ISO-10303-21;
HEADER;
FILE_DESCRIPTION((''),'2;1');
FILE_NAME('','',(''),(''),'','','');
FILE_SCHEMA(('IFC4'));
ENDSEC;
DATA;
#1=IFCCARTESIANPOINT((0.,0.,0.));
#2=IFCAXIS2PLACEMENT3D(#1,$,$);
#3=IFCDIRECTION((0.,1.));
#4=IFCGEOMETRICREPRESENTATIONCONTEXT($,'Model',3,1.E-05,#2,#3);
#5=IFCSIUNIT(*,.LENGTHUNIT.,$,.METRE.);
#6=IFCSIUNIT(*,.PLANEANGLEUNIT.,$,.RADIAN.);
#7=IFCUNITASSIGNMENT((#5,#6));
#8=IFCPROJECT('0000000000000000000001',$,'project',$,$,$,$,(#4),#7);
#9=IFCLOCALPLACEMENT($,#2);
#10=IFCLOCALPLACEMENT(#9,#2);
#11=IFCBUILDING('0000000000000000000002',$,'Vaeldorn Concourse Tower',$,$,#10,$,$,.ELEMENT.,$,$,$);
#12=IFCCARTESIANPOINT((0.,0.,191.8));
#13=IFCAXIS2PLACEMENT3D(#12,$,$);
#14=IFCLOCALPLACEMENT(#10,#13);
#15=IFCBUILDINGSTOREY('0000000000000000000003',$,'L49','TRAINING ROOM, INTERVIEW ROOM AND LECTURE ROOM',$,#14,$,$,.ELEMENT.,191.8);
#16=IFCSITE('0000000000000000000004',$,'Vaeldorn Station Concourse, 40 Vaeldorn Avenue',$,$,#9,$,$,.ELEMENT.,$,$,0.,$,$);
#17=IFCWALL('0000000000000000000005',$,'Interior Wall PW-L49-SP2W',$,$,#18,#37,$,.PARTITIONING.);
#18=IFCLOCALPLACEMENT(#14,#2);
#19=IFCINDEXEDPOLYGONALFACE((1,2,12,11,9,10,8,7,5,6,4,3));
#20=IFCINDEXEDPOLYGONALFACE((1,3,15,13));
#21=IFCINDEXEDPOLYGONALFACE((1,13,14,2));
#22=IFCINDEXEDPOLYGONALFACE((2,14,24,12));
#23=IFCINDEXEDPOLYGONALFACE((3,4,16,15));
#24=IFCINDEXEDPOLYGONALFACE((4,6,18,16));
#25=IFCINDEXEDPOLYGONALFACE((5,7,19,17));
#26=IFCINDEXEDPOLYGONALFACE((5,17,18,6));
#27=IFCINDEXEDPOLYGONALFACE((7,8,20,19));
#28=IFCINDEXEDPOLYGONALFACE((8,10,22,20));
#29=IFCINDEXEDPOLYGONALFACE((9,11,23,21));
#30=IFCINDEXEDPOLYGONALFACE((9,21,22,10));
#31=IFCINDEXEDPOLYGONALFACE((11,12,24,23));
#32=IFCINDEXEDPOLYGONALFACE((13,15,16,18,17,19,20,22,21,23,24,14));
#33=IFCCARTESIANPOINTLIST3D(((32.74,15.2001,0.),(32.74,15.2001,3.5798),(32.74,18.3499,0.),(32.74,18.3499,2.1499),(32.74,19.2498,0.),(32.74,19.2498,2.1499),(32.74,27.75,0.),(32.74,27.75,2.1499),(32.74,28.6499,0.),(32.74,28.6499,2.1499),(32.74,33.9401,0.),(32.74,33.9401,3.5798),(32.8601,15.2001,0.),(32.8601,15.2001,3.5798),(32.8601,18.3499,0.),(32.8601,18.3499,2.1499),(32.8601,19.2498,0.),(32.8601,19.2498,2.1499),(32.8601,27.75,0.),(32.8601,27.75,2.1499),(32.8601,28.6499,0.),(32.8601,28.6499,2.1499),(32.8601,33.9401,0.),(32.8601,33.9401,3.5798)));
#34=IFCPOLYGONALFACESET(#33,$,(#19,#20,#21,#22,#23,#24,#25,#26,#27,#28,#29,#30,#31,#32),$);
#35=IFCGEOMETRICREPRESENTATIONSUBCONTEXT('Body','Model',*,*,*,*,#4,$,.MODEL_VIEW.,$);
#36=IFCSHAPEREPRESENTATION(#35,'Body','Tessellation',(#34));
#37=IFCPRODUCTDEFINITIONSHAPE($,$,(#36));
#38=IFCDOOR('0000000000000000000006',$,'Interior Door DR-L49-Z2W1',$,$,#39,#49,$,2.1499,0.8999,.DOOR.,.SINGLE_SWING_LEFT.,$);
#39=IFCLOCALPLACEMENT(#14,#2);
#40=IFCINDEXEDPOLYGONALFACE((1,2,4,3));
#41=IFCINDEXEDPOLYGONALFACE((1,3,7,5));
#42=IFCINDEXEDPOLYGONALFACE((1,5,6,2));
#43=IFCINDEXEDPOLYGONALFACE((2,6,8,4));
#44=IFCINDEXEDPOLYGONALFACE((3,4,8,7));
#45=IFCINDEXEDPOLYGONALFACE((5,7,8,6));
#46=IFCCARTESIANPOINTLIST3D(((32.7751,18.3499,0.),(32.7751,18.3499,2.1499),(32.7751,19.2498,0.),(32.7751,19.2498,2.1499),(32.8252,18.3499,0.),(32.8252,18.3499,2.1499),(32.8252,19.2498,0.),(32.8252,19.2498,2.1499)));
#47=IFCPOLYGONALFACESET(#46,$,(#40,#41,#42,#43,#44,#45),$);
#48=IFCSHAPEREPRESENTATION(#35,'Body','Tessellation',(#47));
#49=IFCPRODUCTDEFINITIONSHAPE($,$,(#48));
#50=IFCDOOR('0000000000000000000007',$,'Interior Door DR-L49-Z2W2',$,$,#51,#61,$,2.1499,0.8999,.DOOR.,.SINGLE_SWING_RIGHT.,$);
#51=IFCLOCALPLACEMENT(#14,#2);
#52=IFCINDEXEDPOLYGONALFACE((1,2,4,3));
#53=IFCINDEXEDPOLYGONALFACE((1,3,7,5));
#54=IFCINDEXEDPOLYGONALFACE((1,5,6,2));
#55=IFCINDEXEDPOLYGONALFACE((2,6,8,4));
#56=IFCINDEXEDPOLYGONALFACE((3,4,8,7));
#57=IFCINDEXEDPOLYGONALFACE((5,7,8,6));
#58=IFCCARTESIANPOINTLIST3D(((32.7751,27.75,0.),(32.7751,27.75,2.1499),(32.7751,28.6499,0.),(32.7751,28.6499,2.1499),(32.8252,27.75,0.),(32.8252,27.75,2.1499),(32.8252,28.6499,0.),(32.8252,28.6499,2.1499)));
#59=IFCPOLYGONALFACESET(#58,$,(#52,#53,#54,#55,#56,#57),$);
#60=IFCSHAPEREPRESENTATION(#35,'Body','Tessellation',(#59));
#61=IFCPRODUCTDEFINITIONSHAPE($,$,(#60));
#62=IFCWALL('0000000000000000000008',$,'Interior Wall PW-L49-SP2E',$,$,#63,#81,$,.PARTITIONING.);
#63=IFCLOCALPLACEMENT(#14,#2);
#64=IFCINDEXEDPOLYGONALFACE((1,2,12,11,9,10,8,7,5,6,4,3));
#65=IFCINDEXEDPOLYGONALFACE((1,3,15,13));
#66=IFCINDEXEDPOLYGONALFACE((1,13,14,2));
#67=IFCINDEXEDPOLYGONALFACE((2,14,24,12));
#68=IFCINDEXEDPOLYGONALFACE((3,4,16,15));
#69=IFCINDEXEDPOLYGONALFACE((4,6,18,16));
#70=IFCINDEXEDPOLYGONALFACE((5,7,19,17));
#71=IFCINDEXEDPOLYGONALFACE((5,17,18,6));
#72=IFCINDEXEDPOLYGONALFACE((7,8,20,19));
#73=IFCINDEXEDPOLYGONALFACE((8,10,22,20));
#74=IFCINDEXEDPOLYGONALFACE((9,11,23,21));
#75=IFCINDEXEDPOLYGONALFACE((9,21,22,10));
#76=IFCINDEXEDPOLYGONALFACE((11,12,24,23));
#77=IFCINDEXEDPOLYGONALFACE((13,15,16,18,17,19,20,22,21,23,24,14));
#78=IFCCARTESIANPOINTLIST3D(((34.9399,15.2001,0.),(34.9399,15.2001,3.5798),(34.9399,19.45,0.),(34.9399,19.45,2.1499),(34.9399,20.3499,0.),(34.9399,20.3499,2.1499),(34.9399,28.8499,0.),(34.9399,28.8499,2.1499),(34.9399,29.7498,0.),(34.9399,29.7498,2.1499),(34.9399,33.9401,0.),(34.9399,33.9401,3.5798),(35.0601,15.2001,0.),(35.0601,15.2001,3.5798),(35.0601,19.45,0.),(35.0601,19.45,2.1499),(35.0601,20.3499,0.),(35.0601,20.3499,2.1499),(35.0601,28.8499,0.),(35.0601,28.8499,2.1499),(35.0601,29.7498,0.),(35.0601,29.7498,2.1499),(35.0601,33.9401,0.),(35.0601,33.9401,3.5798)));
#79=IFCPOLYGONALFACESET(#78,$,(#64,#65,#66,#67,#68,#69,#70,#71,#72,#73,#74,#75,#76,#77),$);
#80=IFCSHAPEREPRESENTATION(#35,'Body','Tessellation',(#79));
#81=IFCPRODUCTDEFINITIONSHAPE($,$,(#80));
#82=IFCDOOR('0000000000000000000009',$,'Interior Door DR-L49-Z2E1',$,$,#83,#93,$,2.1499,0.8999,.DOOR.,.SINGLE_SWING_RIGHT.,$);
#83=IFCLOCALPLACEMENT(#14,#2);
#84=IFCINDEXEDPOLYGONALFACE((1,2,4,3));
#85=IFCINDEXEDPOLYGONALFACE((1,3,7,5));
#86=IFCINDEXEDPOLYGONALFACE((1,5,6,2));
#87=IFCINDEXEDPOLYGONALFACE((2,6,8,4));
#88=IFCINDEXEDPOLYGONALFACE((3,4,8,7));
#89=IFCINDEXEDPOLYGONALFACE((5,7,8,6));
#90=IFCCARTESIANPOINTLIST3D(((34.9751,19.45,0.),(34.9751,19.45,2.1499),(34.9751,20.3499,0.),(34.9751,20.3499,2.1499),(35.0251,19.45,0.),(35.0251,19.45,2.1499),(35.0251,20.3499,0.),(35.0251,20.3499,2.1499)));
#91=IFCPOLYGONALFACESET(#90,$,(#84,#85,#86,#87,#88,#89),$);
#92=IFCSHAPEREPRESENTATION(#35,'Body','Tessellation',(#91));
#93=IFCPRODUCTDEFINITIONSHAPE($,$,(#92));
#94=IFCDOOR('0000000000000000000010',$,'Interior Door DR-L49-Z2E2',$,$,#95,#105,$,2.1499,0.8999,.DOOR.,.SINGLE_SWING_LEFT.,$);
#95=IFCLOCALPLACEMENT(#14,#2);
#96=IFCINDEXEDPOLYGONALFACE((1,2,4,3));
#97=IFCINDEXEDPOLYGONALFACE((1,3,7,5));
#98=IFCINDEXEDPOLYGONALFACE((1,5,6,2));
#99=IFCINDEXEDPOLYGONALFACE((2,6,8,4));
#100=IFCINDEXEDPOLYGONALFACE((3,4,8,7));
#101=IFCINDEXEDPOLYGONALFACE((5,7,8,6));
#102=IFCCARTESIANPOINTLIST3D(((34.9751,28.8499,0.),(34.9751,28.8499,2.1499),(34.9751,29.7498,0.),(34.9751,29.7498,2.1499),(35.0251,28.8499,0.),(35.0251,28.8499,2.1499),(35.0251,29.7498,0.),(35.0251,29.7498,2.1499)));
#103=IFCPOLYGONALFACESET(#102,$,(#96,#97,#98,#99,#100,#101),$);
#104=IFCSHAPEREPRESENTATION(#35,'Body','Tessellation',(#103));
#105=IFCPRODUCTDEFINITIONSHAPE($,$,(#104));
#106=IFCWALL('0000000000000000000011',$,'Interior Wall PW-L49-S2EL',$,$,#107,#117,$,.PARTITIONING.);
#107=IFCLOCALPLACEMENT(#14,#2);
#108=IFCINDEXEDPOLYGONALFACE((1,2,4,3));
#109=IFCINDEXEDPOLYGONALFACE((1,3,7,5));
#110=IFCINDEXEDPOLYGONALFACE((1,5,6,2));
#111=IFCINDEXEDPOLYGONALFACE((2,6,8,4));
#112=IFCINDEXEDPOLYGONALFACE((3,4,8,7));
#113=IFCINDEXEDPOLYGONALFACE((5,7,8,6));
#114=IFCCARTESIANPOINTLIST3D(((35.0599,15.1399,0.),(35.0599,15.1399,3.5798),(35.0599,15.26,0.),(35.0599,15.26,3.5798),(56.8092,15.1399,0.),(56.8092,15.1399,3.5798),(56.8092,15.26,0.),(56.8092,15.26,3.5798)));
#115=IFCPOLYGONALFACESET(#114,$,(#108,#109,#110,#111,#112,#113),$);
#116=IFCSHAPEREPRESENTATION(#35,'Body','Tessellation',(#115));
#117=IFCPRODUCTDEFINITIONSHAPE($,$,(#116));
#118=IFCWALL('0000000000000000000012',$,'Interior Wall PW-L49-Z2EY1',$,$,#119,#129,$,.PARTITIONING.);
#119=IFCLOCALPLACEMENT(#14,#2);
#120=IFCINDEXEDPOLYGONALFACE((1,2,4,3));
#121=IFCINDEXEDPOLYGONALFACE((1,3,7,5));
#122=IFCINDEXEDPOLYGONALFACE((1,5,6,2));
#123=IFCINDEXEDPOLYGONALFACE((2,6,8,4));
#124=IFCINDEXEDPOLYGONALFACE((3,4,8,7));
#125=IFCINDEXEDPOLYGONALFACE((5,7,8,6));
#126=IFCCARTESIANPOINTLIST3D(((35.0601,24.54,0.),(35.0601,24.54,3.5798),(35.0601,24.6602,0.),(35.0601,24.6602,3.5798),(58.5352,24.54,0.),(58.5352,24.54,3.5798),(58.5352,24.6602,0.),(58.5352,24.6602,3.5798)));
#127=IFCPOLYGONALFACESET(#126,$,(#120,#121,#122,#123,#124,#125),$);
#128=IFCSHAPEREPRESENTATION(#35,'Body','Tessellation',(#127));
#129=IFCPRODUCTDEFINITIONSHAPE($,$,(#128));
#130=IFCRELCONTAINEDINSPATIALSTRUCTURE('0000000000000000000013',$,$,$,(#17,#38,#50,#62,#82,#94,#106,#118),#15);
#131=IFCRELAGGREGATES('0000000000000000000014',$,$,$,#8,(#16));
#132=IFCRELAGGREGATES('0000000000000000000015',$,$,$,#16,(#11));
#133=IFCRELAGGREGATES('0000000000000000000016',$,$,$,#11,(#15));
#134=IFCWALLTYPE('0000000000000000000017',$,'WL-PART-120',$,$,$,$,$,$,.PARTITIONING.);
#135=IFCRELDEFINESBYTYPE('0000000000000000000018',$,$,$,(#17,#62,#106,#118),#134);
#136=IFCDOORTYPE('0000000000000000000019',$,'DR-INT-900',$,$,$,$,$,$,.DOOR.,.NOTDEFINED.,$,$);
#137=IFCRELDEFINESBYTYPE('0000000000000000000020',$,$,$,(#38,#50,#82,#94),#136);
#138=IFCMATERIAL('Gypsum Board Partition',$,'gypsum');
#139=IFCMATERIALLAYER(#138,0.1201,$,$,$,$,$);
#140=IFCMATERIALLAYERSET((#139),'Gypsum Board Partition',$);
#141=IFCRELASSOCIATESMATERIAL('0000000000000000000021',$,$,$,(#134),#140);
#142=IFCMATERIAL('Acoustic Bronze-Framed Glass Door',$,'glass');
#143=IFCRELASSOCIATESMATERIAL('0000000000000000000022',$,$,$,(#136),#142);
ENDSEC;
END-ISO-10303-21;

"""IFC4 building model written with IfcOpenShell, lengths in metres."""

from ifc_helpers import new_model, si_unit, direction, frame, frame_2d, origin, place, context, subcontext, project, spatial, rectangle, extrude, source, transform, mapped, material, layer, layer_set, type_object, element, fill, save


model = new_model("IFC4")

# Units and contexts
model_context = context("Model", 3, precision=1e-05, world=origin(), true_north=direction((0.0, 1.0)))
body_context = subcontext(model_context, "Body", "Model", "MODEL_VIEW")
ifc_project = project(units=[si_unit("LENGTHUNIT", "METRE"), si_unit("PLANEANGLEUNIT", "RADIAN")], contexts=[model_context])

# Site, building, storey
site_placement = place(None, origin())
site = spatial("IfcSite", under=ifc_project, at=site_placement, Name="Vaeldorn Station Concourse, 40 Vaeldorn Avenue", CompositionType="ELEMENT", RefElevation=0.0)
building_placement = place(site_placement, origin())
building = spatial("IfcBuilding", under=site, at=building_placement, Name="Vaeldorn Concourse Tower", CompositionType="ELEMENT")
storey_placement = place(building_placement, frame((0.0, 0.0, 191.8)))
storey = spatial("IfcBuildingStorey", under=building, at=storey_placement, Name="L49", Description="TRAINING ROOM, INTERVIEW ROOM AND LECTURE ROOM", CompositionType="ELEMENT", Elevation=191.8)

# Shared definitions
ifc_material_1 = material(Name="Gypsum Board Partition", Category="gypsum")
ifc_layer_1 = layer(ifc_material_1, 0.1201)
ifc_layer_set_1 = layer_set([ifc_layer_1], Name="Gypsum Board Partition")
wall_type_1 = type_object("IfcWallType", Name="WL-PART-120", PredefinedType="PARTITIONING", material=ifc_layer_set_1)

# Walls, openings, doors
wall_1_placement = place(storey_placement, frame((32.8, 15.2, 0.0), z_axis=(0.0, 0.0, 1.0), x_axis=(0.0, 1.0, 0.0)))
wall_1 = element("IfcWall", 1, at=wall_1_placement, inside=storey, type_object=wall_type_1, Name="Interior Wall PW-L49-SP2W", PredefinedType="PARTITIONING", context=body_context, shape_type="SweptSolid", body=[
    extrude(rectangle(XDim=18.74, YDim=0.1201, at=frame_2d((9.3701, 0.0))), origin(), (0.0, 0.0, 1.0), 3.5798),
])
opening_1_placement = place(wall_1_placement, frame((3.1499, 0.0, 0.0)))
opening_1 = element("IfcOpeningElement", 2, at=opening_1_placement, cuts=wall_1, PredefinedType="OPENING", context=body_context, shape_type="SweptSolid", body=[
    extrude(rectangle(XDim=0.8999, YDim=2.1499, at=frame_2d((0.45, 1.075))), frame((0.0, 0.0701, 0.0), z_axis=(0.0, -1.0, 0.0), x_axis=(1.0, 0.0, 0.0)), (0.0, 0.0, 1.0), 0.1401),
])
opening_2_placement = place(wall_1_placement, frame((12.55, 0.0, 0.0)))
opening_2 = element("IfcOpeningElement", 3, at=opening_2_placement, cuts=wall_1, PredefinedType="OPENING", context=body_context, shape_type="SweptSolid", body=[
    extrude(rectangle(XDim=0.8999, YDim=2.1499, at=frame_2d((0.45, 1.075))), frame((0.0, 0.0701, 0.0), z_axis=(0.0, -1.0, 0.0), x_axis=(1.0, 0.0, 0.0)), (0.0, 0.0, 1.0), 0.1401),
])
ifc_material_2 = material(Name="Acoustic Bronze-Framed Glass Door", Category="glass")
door_type = type_object("IfcDoorType", Name="DR-INT-900", OperationType="NOTDEFINED", PredefinedType="DOOR", material=ifc_material_2)
shared_shape_1 = source(origin(), body_context, "Body", "SweptSolid", [
    extrude(rectangle(XDim=0.8999, YDim=2.1499, at=frame_2d((0.45, 1.075))), frame((0.0, 0.0249, 0.0), z_axis=(0.0, -1.0, 0.0), x_axis=(1.0, 0.0, 0.0)), (0.0, 0.0, 1.0), 0.05),
])
door_1_placement = place(opening_1_placement, origin())
door_1 = element("IfcDoor", 4, at=door_1_placement, inside=storey, type_object=door_type, Name="Interior Door DR-L49-Z2W1", OperationType="SINGLE_SWING_LEFT", OverallHeight=2.1499, OverallWidth=0.8999, PredefinedType="DOOR", context=body_context, shape_type="MappedRepresentation", body=[
    mapped(shared_shape_1, transform((0.0, 0.0, 0.0), scale=1.0)),
])
fill(opening_1, door_1)
door_2_placement = place(opening_2_placement, origin())
door_2 = element("IfcDoor", 5, at=door_2_placement, inside=storey, type_object=door_type, Name="Interior Door DR-L49-Z2W2", OperationType="SINGLE_SWING_RIGHT", OverallHeight=2.1499, OverallWidth=0.8999, PredefinedType="DOOR", context=body_context, shape_type="MappedRepresentation", body=[
    mapped(shared_shape_1, transform((0.0, 0.0, 0.0), scale=1.0)),
])
fill(opening_2, door_2)
wall_2_placement = place(storey_placement, frame((35.0, 15.2, 0.0), z_axis=(0.0, 0.0, 1.0), x_axis=(0.0, 1.0, 0.0)))
wall_2 = element("IfcWall", 6, at=wall_2_placement, inside=storey, type_object=wall_type_1, Name="Interior Wall PW-L49-SP2E", PredefinedType="PARTITIONING", context=body_context, shape_type="SweptSolid", body=[
    extrude(rectangle(XDim=18.74, YDim=0.1201, at=frame_2d((9.3701, 0.0))), origin(), (0.0, 0.0, 1.0), 3.5798),
])
opening_3_placement = place(wall_2_placement, frame((4.25, 0.0, 0.0)))
opening_3 = element("IfcOpeningElement", 7, at=opening_3_placement, cuts=wall_2, PredefinedType="OPENING", context=body_context, shape_type="SweptSolid", body=[
    extrude(rectangle(XDim=0.8999, YDim=2.1499, at=frame_2d((0.45, 1.075))), frame((0.0, 0.0701, 0.0), z_axis=(0.0, -1.0, 0.0), x_axis=(1.0, 0.0, 0.0)), (0.0, 0.0, 1.0), 0.1401),
])
opening_4_placement = place(wall_2_placement, frame((13.6499, 0.0, 0.0)))
opening_4 = element("IfcOpeningElement", 8, at=opening_4_placement, cuts=wall_2, PredefinedType="OPENING", context=body_context, shape_type="SweptSolid", body=[
    extrude(rectangle(XDim=0.8999, YDim=2.1499, at=frame_2d((0.45, 1.075))), frame((0.0, 0.0701, 0.0), z_axis=(0.0, -1.0, 0.0), x_axis=(1.0, 0.0, 0.0)), (0.0, 0.0, 1.0), 0.1401),
])
door_3_placement = place(opening_3_placement, origin())
door_3 = element("IfcDoor", 9, at=door_3_placement, inside=storey, type_object=door_type, Name="Interior Door DR-L49-Z2E1", OperationType="SINGLE_SWING_RIGHT", OverallHeight=2.1499, OverallWidth=0.8999, PredefinedType="DOOR", context=body_context, shape_type="MappedRepresentation", body=[
    mapped(shared_shape_1, transform((0.0, 0.0, 0.0), scale=1.0)),
])
fill(opening_3, door_3)
door_4_placement = place(opening_4_placement, origin())
door_4 = element("IfcDoor", 10, at=door_4_placement, inside=storey, type_object=door_type, Name="Interior Door DR-L49-Z2E2", OperationType="SINGLE_SWING_LEFT", OverallHeight=2.1499, OverallWidth=0.8999, PredefinedType="DOOR", context=body_context, shape_type="MappedRepresentation", body=[
    mapped(shared_shape_1, transform((0.0, 0.0, 0.0), scale=1.0)),
])
fill(opening_4, door_4)

# Walls
wall_3_placement = place(storey_placement, frame((35.0601, 15.2, 0.0), z_axis=(0.0, 0.0, 1.0), x_axis=(1.0, 0.0, 0.0)))
element("IfcWall", 11, at=wall_3_placement, inside=storey, type_object=wall_type_1, Name="Interior Wall PW-L49-S2EL", PredefinedType="PARTITIONING", context=body_context, shape_type="SweptSolid", body=[
    extrude(rectangle(XDim=21.7493, YDim=0.1201, at=frame_2d((10.8745, 0.0))), origin(), (0.0, 0.0, 1.0), 3.5798),
])
wall_4_placement = place(storey_placement, frame((35.0601, 24.6001, 0.0), z_axis=(0.0, 0.0, 1.0), x_axis=(1.0, 0.0, 0.0)))
element("IfcWall", 12, at=wall_4_placement, inside=storey, type_object=wall_type_1, Name="Interior Wall PW-L49-Z2EY1", PredefinedType="PARTITIONING", context=body_context, shape_type="SweptSolid", body=[
    extrude(rectangle(XDim=23.4751, YDim=0.1201, at=frame_2d((11.7375, 0.0))), origin(), (0.0, 0.0, 1.0), 3.5798),
])

save(model, "model.ifc")
